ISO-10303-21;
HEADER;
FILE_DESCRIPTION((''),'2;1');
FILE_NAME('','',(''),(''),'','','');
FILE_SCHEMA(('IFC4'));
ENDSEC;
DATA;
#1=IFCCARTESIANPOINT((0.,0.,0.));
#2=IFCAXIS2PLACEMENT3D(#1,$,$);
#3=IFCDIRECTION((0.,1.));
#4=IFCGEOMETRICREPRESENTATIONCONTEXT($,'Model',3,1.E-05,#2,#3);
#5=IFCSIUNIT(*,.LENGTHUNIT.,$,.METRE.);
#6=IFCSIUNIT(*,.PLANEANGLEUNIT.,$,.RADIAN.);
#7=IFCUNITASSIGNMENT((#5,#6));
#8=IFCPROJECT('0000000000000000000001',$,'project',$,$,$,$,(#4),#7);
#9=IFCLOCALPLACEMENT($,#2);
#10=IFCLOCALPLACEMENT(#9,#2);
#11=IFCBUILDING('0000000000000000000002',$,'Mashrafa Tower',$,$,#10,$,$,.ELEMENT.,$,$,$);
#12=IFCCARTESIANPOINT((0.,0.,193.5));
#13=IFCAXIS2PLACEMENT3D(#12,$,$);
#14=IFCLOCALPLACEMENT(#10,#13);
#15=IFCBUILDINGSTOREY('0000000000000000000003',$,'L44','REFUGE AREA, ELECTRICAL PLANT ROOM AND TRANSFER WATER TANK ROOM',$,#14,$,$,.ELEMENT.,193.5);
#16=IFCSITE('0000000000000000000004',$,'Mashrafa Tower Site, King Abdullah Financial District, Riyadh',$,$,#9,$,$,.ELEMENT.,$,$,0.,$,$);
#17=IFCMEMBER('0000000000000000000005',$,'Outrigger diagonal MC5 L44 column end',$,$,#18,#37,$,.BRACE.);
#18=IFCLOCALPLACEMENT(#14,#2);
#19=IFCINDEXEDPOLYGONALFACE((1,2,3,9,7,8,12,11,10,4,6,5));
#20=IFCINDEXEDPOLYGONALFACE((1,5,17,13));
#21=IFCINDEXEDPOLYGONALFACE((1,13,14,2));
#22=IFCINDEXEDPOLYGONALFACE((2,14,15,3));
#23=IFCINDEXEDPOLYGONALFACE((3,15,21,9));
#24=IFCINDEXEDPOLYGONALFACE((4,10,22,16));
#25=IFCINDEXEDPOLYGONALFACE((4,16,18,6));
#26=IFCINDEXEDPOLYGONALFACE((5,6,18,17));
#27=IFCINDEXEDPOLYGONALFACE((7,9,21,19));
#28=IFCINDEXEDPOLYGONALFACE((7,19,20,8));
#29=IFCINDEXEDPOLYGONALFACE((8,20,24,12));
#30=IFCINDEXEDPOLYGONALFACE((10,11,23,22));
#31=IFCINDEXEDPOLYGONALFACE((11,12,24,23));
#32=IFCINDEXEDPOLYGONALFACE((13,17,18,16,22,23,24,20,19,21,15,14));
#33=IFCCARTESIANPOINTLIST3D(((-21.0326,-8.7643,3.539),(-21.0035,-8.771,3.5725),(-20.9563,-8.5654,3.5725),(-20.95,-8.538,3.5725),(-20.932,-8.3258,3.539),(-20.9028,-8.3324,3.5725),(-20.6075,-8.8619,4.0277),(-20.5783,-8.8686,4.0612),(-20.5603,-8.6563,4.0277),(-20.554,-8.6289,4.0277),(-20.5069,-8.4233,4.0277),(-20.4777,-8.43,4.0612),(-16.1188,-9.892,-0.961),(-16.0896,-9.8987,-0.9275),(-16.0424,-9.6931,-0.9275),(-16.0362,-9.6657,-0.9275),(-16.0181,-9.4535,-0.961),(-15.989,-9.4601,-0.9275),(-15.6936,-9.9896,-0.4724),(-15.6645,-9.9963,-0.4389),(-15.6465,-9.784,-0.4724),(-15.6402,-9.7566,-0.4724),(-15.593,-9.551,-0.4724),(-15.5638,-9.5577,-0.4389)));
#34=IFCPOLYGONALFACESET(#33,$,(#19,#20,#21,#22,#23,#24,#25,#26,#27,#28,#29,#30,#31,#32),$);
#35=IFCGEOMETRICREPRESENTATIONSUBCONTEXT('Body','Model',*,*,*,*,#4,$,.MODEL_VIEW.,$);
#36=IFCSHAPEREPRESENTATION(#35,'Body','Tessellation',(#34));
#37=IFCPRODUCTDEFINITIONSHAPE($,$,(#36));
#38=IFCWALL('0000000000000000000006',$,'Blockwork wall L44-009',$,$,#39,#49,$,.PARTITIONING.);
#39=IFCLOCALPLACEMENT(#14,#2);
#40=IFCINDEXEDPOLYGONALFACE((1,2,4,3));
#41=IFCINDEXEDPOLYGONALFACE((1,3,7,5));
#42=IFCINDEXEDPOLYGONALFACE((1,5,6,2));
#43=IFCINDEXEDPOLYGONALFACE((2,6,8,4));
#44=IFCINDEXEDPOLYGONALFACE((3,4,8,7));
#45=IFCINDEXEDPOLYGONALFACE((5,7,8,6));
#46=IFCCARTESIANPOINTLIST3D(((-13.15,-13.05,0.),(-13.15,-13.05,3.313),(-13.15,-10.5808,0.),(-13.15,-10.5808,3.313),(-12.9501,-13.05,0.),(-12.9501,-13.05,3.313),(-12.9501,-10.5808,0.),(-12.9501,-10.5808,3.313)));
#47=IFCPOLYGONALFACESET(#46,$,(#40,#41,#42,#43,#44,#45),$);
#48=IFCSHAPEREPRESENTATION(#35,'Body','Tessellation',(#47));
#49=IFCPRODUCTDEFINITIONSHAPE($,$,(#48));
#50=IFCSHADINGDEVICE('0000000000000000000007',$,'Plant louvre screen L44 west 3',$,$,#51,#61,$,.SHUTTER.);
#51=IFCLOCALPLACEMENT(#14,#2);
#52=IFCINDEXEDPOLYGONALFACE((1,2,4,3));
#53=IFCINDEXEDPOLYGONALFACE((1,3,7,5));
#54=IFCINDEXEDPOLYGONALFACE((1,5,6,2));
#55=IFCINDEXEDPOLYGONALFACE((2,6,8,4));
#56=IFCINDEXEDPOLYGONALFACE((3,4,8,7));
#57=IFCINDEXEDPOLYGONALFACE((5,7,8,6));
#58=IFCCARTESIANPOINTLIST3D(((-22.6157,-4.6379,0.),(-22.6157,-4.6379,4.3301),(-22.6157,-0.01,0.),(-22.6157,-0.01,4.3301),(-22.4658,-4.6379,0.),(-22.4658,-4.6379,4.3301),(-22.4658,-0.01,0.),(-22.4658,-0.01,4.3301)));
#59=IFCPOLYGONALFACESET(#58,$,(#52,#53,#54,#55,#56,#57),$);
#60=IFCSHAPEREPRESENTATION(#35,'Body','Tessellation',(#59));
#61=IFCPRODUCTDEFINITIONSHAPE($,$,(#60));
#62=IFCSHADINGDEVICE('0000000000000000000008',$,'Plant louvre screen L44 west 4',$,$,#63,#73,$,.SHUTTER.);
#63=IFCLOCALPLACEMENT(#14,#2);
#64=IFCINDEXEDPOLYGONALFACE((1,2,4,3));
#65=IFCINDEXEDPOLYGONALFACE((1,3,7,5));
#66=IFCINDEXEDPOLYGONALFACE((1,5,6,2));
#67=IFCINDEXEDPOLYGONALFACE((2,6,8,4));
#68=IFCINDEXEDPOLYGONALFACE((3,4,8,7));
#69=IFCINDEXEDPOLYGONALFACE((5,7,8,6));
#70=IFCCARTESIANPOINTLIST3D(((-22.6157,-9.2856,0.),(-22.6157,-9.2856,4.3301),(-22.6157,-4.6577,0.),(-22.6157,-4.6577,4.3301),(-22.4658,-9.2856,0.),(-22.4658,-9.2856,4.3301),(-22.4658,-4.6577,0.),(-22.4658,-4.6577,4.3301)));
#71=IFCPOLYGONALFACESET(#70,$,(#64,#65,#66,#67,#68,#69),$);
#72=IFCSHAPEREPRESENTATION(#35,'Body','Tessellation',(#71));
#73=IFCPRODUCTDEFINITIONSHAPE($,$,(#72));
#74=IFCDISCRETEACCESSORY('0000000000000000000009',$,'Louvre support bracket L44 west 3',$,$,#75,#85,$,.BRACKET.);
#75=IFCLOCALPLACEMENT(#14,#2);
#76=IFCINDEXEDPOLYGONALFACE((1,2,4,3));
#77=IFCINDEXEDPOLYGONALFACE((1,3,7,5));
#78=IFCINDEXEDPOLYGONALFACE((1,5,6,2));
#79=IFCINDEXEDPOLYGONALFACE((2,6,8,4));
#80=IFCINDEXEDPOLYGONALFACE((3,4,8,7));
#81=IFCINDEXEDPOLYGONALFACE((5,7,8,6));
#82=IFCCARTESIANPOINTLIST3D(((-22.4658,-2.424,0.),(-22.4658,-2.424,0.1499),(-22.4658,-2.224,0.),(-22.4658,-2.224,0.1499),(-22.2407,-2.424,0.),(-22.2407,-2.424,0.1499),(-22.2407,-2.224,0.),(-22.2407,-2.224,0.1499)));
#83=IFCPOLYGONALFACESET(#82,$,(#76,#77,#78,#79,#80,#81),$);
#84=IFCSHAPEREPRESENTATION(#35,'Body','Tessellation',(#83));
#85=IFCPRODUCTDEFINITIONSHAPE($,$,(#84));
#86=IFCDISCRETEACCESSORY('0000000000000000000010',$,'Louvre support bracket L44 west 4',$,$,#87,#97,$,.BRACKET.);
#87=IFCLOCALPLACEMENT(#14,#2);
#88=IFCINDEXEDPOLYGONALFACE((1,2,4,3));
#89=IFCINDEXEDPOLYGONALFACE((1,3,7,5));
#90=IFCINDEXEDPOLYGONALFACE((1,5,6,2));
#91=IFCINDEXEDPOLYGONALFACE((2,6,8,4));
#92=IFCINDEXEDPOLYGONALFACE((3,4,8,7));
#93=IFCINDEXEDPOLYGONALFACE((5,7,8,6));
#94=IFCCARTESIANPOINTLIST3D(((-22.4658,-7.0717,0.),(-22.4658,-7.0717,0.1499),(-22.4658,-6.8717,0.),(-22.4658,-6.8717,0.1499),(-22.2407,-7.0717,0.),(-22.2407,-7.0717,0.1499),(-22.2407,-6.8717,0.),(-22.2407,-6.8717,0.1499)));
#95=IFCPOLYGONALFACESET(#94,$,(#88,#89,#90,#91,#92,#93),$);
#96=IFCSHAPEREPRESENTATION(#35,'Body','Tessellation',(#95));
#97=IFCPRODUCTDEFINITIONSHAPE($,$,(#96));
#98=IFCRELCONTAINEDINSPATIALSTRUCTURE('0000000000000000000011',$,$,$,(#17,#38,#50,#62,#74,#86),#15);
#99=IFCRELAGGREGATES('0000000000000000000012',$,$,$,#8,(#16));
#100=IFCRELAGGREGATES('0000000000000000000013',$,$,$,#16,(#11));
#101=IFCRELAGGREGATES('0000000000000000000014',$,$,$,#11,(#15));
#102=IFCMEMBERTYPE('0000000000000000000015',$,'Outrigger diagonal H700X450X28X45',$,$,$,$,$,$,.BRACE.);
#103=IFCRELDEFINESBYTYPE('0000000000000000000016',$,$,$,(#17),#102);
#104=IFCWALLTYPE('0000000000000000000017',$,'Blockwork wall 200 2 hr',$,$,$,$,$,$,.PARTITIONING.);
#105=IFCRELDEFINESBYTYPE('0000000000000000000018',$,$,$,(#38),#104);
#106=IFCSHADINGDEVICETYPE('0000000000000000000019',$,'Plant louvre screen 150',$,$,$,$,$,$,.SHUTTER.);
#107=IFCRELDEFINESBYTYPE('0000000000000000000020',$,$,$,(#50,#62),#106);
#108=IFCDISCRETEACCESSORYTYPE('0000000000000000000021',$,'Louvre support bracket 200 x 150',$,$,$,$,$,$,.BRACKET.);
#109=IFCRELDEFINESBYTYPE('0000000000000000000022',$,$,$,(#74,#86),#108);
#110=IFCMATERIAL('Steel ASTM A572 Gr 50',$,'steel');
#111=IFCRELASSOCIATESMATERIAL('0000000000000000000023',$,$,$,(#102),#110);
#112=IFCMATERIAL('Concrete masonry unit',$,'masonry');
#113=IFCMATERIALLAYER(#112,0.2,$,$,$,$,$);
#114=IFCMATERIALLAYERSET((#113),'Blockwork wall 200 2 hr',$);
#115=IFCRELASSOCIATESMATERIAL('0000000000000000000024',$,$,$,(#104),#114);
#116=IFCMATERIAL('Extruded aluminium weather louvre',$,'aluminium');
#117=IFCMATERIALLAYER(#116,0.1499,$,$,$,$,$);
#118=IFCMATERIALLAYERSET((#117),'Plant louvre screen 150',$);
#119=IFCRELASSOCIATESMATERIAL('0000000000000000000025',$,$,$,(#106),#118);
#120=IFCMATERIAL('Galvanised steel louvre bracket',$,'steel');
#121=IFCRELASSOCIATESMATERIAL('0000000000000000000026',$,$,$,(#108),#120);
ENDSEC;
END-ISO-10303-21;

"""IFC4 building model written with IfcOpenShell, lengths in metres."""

from ifc_helpers import new_model, si_unit, direction, frame, frame_2d, origin, origin_2d, place, context, subcontext, project, spatial, rectangle, i_section, extrude, source, transform, mapped, material, layer, layer_set, material_profile, profile_set, type_object, type_shapes, element, save


model = new_model("IFC4")

# Units and contexts
model_context = context("Model", 3, precision=1e-05, world=origin(), true_north=direction((0.0, 1.0)))
body_context = subcontext(model_context, "Body", "Model", "MODEL_VIEW")
ifc_project = project(units=[si_unit("LENGTHUNIT", "METRE"), si_unit("PLANEANGLEUNIT", "RADIAN")], contexts=[model_context])

# Site, building, storey
site_placement = place(None, origin())
site = spatial("IfcSite", under=ifc_project, at=site_placement, Name="Mashrafa Tower Site, King Abdullah Financial District, Riyadh", CompositionType="ELEMENT", RefElevation=0.0)
building_placement = place(site_placement, origin())
building = spatial("IfcBuilding", under=site, at=building_placement, Name="Mashrafa Tower", CompositionType="ELEMENT")
storey_placement = place(building_placement, frame((0.0, 0.0, 193.5)))
storey = spatial("IfcBuildingStorey", under=building, at=storey_placement, Name="L44", Description="REFUGE AREA, ELECTRICAL PLANT ROOM AND TRANSFER WATER TANK ROOM", CompositionType="ELEMENT", Elevation=193.5)

# Member
ifc_material_1 = material(Name="Steel ASTM A572 Gr 50", Category="steel")
ifc_material_profile_1 = material_profile(ifc_material_1, i_section(OverallWidth=0.45, OverallDepth=0.7, WebThickness=0.0281, FlangeThickness=0.0449, at=origin_2d()), Name="H700X450X28X45")
ifc_profile_set_1 = profile_set([ifc_material_profile_1], Name="Steel ASTM A572 Gr 50")
member_type_1 = type_object("IfcMemberType", Name="Outrigger diagonal H700X450X28X45", PredefinedType="BRACE", material=ifc_profile_set_1)
shared_shape_1 = source(origin(), body_context, "Body", "SweptSolid", [
    extrude(i_section(OverallWidth=0.45, OverallDepth=0.7, WebThickness=0.0281, FlangeThickness=0.0449, at=origin_2d()), origin(), (0.0, 0.0, 1.0), 6.7578),
])
member_1_placement = place(storey_placement, frame((-15.8413, -9.7249, -0.7), z_axis=(-0.727137, 0.166873, 0.665901), x_axis=(-0.223678, -0.974663, 0.0)))
element("IfcMember", 1, at=member_1_placement, inside=storey, type_object=member_type_1, Name="Outrigger diagonal MC5 L44 column end", PredefinedType="BRACE", context=body_context, shape_type="MappedRepresentation", body=[
    mapped(shared_shape_1, transform((0.0, 0.0, 0.0))),
])

# Wall
ifc_material_2 = material(Name="Concrete masonry unit", Category="masonry")
ifc_layer_1 = layer(ifc_material_2, 0.2)
ifc_layer_set_1 = layer_set([ifc_layer_1], Name="Blockwork wall 200 2 hr")
wall_type = type_object("IfcWallType", Name="Blockwork wall 200 2 hr", PredefinedType="PARTITIONING", material=ifc_layer_set_1)
wall_placement = place(storey_placement, frame((-13.05, -10.5808, 0.0), z_axis=(0.0, 0.0, 1.0), x_axis=(0.0, -1.0, 0.0)))
element("IfcWall", 2, at=wall_placement, inside=storey, type_object=wall_type, Name="Blockwork wall L44-009", PredefinedType="PARTITIONING", context=body_context, shape_type="SweptSolid", body=[
    extrude(rectangle(XDim=2.4692, YDim=0.2, at=frame_2d((1.2346, 0.0))), origin(), (0.0, 0.0, 1.0), 3.313),
])

# Shading devices
ifc_material_3 = material(Name="Extruded aluminium weather louvre", Category="aluminium")
ifc_layer_2 = layer(ifc_material_3, 0.1499)
ifc_layer_set_2 = layer_set([ifc_layer_2], Name="Plant louvre screen 150")
shading_device_type = type_object("IfcShadingDeviceType", Name="Plant louvre screen 150", PredefinedType="SHUTTER", material=ifc_layer_set_2)
shared_shape_2 = source(origin(), body_context, "Body", "SweptSolid", [
    extrude(rectangle(XDim=4.6279, YDim=0.1499, at=origin_2d()), origin(), (0.0, 0.0, 1.0), 4.3301),
])
type_shapes(shading_device_type, [shared_shape_2])
for number, where, z_axis, x_axis, name in (
    (3, (-22.5408, -2.324, 0.0), (0.0, 0.0, 1.0), (0.0, -1.0, 0.0), "Plant louvre screen L44 west 3"),
    (4, (-22.5408, -6.9717, 0.0), (0.0, 0.0, 1.0), (0.0, -1.0, 0.0), "Plant louvre screen L44 west 4"),
):
    element("IfcShadingDevice", number, at=place(storey_placement, frame(where, z_axis=z_axis, x_axis=x_axis)), inside=storey, type_object=shading_device_type, Name=name, PredefinedType="SHUTTER", context=body_context, shape_type="MappedRepresentation", body=[
        mapped(shared_shape_2, transform((0.0, 0.0, 0.0))),
    ])

# Discrete accessories
ifc_material_4 = material(Name="Galvanised steel louvre bracket", Category="steel")
discrete_accessory_type = type_object("IfcDiscreteAccessoryType", Name="Louvre support bracket 200 x 150", PredefinedType="BRACKET", material=ifc_material_4)
shared_shape_3 = source(origin(), body_context, "Body", "SweptSolid", [
    extrude(rectangle(XDim=0.2, YDim=0.2251, at=origin_2d()), origin(), (0.0, 0.0, 1.0), 0.1499),
])
type_shapes(discrete_accessory_type, [shared_shape_3])
for number, where, z_axis, x_axis, name in (
    (5, (-22.3533, -2.324, 0.0), (0.0, 0.0, 1.0), (0.0, -1.0, 0.0), "Louvre support bracket L44 west 3"),
    (6, (-22.3533, -6.9717, 0.0), (0.0, 0.0, 1.0), (0.0, -1.0, 0.0), "Louvre support bracket L44 west 4"),
):
    element("IfcDiscreteAccessory", number, at=place(storey_placement, frame(where, z_axis=z_axis, x_axis=x_axis)), inside=storey, type_object=discrete_accessory_type, Name=name, PredefinedType="BRACKET", context=body_context, shape_type="MappedRepresentation", body=[
        mapped(shared_shape_3, transform((0.0, 0.0, 0.0))),
    ])

save(model, "model.ifc")
